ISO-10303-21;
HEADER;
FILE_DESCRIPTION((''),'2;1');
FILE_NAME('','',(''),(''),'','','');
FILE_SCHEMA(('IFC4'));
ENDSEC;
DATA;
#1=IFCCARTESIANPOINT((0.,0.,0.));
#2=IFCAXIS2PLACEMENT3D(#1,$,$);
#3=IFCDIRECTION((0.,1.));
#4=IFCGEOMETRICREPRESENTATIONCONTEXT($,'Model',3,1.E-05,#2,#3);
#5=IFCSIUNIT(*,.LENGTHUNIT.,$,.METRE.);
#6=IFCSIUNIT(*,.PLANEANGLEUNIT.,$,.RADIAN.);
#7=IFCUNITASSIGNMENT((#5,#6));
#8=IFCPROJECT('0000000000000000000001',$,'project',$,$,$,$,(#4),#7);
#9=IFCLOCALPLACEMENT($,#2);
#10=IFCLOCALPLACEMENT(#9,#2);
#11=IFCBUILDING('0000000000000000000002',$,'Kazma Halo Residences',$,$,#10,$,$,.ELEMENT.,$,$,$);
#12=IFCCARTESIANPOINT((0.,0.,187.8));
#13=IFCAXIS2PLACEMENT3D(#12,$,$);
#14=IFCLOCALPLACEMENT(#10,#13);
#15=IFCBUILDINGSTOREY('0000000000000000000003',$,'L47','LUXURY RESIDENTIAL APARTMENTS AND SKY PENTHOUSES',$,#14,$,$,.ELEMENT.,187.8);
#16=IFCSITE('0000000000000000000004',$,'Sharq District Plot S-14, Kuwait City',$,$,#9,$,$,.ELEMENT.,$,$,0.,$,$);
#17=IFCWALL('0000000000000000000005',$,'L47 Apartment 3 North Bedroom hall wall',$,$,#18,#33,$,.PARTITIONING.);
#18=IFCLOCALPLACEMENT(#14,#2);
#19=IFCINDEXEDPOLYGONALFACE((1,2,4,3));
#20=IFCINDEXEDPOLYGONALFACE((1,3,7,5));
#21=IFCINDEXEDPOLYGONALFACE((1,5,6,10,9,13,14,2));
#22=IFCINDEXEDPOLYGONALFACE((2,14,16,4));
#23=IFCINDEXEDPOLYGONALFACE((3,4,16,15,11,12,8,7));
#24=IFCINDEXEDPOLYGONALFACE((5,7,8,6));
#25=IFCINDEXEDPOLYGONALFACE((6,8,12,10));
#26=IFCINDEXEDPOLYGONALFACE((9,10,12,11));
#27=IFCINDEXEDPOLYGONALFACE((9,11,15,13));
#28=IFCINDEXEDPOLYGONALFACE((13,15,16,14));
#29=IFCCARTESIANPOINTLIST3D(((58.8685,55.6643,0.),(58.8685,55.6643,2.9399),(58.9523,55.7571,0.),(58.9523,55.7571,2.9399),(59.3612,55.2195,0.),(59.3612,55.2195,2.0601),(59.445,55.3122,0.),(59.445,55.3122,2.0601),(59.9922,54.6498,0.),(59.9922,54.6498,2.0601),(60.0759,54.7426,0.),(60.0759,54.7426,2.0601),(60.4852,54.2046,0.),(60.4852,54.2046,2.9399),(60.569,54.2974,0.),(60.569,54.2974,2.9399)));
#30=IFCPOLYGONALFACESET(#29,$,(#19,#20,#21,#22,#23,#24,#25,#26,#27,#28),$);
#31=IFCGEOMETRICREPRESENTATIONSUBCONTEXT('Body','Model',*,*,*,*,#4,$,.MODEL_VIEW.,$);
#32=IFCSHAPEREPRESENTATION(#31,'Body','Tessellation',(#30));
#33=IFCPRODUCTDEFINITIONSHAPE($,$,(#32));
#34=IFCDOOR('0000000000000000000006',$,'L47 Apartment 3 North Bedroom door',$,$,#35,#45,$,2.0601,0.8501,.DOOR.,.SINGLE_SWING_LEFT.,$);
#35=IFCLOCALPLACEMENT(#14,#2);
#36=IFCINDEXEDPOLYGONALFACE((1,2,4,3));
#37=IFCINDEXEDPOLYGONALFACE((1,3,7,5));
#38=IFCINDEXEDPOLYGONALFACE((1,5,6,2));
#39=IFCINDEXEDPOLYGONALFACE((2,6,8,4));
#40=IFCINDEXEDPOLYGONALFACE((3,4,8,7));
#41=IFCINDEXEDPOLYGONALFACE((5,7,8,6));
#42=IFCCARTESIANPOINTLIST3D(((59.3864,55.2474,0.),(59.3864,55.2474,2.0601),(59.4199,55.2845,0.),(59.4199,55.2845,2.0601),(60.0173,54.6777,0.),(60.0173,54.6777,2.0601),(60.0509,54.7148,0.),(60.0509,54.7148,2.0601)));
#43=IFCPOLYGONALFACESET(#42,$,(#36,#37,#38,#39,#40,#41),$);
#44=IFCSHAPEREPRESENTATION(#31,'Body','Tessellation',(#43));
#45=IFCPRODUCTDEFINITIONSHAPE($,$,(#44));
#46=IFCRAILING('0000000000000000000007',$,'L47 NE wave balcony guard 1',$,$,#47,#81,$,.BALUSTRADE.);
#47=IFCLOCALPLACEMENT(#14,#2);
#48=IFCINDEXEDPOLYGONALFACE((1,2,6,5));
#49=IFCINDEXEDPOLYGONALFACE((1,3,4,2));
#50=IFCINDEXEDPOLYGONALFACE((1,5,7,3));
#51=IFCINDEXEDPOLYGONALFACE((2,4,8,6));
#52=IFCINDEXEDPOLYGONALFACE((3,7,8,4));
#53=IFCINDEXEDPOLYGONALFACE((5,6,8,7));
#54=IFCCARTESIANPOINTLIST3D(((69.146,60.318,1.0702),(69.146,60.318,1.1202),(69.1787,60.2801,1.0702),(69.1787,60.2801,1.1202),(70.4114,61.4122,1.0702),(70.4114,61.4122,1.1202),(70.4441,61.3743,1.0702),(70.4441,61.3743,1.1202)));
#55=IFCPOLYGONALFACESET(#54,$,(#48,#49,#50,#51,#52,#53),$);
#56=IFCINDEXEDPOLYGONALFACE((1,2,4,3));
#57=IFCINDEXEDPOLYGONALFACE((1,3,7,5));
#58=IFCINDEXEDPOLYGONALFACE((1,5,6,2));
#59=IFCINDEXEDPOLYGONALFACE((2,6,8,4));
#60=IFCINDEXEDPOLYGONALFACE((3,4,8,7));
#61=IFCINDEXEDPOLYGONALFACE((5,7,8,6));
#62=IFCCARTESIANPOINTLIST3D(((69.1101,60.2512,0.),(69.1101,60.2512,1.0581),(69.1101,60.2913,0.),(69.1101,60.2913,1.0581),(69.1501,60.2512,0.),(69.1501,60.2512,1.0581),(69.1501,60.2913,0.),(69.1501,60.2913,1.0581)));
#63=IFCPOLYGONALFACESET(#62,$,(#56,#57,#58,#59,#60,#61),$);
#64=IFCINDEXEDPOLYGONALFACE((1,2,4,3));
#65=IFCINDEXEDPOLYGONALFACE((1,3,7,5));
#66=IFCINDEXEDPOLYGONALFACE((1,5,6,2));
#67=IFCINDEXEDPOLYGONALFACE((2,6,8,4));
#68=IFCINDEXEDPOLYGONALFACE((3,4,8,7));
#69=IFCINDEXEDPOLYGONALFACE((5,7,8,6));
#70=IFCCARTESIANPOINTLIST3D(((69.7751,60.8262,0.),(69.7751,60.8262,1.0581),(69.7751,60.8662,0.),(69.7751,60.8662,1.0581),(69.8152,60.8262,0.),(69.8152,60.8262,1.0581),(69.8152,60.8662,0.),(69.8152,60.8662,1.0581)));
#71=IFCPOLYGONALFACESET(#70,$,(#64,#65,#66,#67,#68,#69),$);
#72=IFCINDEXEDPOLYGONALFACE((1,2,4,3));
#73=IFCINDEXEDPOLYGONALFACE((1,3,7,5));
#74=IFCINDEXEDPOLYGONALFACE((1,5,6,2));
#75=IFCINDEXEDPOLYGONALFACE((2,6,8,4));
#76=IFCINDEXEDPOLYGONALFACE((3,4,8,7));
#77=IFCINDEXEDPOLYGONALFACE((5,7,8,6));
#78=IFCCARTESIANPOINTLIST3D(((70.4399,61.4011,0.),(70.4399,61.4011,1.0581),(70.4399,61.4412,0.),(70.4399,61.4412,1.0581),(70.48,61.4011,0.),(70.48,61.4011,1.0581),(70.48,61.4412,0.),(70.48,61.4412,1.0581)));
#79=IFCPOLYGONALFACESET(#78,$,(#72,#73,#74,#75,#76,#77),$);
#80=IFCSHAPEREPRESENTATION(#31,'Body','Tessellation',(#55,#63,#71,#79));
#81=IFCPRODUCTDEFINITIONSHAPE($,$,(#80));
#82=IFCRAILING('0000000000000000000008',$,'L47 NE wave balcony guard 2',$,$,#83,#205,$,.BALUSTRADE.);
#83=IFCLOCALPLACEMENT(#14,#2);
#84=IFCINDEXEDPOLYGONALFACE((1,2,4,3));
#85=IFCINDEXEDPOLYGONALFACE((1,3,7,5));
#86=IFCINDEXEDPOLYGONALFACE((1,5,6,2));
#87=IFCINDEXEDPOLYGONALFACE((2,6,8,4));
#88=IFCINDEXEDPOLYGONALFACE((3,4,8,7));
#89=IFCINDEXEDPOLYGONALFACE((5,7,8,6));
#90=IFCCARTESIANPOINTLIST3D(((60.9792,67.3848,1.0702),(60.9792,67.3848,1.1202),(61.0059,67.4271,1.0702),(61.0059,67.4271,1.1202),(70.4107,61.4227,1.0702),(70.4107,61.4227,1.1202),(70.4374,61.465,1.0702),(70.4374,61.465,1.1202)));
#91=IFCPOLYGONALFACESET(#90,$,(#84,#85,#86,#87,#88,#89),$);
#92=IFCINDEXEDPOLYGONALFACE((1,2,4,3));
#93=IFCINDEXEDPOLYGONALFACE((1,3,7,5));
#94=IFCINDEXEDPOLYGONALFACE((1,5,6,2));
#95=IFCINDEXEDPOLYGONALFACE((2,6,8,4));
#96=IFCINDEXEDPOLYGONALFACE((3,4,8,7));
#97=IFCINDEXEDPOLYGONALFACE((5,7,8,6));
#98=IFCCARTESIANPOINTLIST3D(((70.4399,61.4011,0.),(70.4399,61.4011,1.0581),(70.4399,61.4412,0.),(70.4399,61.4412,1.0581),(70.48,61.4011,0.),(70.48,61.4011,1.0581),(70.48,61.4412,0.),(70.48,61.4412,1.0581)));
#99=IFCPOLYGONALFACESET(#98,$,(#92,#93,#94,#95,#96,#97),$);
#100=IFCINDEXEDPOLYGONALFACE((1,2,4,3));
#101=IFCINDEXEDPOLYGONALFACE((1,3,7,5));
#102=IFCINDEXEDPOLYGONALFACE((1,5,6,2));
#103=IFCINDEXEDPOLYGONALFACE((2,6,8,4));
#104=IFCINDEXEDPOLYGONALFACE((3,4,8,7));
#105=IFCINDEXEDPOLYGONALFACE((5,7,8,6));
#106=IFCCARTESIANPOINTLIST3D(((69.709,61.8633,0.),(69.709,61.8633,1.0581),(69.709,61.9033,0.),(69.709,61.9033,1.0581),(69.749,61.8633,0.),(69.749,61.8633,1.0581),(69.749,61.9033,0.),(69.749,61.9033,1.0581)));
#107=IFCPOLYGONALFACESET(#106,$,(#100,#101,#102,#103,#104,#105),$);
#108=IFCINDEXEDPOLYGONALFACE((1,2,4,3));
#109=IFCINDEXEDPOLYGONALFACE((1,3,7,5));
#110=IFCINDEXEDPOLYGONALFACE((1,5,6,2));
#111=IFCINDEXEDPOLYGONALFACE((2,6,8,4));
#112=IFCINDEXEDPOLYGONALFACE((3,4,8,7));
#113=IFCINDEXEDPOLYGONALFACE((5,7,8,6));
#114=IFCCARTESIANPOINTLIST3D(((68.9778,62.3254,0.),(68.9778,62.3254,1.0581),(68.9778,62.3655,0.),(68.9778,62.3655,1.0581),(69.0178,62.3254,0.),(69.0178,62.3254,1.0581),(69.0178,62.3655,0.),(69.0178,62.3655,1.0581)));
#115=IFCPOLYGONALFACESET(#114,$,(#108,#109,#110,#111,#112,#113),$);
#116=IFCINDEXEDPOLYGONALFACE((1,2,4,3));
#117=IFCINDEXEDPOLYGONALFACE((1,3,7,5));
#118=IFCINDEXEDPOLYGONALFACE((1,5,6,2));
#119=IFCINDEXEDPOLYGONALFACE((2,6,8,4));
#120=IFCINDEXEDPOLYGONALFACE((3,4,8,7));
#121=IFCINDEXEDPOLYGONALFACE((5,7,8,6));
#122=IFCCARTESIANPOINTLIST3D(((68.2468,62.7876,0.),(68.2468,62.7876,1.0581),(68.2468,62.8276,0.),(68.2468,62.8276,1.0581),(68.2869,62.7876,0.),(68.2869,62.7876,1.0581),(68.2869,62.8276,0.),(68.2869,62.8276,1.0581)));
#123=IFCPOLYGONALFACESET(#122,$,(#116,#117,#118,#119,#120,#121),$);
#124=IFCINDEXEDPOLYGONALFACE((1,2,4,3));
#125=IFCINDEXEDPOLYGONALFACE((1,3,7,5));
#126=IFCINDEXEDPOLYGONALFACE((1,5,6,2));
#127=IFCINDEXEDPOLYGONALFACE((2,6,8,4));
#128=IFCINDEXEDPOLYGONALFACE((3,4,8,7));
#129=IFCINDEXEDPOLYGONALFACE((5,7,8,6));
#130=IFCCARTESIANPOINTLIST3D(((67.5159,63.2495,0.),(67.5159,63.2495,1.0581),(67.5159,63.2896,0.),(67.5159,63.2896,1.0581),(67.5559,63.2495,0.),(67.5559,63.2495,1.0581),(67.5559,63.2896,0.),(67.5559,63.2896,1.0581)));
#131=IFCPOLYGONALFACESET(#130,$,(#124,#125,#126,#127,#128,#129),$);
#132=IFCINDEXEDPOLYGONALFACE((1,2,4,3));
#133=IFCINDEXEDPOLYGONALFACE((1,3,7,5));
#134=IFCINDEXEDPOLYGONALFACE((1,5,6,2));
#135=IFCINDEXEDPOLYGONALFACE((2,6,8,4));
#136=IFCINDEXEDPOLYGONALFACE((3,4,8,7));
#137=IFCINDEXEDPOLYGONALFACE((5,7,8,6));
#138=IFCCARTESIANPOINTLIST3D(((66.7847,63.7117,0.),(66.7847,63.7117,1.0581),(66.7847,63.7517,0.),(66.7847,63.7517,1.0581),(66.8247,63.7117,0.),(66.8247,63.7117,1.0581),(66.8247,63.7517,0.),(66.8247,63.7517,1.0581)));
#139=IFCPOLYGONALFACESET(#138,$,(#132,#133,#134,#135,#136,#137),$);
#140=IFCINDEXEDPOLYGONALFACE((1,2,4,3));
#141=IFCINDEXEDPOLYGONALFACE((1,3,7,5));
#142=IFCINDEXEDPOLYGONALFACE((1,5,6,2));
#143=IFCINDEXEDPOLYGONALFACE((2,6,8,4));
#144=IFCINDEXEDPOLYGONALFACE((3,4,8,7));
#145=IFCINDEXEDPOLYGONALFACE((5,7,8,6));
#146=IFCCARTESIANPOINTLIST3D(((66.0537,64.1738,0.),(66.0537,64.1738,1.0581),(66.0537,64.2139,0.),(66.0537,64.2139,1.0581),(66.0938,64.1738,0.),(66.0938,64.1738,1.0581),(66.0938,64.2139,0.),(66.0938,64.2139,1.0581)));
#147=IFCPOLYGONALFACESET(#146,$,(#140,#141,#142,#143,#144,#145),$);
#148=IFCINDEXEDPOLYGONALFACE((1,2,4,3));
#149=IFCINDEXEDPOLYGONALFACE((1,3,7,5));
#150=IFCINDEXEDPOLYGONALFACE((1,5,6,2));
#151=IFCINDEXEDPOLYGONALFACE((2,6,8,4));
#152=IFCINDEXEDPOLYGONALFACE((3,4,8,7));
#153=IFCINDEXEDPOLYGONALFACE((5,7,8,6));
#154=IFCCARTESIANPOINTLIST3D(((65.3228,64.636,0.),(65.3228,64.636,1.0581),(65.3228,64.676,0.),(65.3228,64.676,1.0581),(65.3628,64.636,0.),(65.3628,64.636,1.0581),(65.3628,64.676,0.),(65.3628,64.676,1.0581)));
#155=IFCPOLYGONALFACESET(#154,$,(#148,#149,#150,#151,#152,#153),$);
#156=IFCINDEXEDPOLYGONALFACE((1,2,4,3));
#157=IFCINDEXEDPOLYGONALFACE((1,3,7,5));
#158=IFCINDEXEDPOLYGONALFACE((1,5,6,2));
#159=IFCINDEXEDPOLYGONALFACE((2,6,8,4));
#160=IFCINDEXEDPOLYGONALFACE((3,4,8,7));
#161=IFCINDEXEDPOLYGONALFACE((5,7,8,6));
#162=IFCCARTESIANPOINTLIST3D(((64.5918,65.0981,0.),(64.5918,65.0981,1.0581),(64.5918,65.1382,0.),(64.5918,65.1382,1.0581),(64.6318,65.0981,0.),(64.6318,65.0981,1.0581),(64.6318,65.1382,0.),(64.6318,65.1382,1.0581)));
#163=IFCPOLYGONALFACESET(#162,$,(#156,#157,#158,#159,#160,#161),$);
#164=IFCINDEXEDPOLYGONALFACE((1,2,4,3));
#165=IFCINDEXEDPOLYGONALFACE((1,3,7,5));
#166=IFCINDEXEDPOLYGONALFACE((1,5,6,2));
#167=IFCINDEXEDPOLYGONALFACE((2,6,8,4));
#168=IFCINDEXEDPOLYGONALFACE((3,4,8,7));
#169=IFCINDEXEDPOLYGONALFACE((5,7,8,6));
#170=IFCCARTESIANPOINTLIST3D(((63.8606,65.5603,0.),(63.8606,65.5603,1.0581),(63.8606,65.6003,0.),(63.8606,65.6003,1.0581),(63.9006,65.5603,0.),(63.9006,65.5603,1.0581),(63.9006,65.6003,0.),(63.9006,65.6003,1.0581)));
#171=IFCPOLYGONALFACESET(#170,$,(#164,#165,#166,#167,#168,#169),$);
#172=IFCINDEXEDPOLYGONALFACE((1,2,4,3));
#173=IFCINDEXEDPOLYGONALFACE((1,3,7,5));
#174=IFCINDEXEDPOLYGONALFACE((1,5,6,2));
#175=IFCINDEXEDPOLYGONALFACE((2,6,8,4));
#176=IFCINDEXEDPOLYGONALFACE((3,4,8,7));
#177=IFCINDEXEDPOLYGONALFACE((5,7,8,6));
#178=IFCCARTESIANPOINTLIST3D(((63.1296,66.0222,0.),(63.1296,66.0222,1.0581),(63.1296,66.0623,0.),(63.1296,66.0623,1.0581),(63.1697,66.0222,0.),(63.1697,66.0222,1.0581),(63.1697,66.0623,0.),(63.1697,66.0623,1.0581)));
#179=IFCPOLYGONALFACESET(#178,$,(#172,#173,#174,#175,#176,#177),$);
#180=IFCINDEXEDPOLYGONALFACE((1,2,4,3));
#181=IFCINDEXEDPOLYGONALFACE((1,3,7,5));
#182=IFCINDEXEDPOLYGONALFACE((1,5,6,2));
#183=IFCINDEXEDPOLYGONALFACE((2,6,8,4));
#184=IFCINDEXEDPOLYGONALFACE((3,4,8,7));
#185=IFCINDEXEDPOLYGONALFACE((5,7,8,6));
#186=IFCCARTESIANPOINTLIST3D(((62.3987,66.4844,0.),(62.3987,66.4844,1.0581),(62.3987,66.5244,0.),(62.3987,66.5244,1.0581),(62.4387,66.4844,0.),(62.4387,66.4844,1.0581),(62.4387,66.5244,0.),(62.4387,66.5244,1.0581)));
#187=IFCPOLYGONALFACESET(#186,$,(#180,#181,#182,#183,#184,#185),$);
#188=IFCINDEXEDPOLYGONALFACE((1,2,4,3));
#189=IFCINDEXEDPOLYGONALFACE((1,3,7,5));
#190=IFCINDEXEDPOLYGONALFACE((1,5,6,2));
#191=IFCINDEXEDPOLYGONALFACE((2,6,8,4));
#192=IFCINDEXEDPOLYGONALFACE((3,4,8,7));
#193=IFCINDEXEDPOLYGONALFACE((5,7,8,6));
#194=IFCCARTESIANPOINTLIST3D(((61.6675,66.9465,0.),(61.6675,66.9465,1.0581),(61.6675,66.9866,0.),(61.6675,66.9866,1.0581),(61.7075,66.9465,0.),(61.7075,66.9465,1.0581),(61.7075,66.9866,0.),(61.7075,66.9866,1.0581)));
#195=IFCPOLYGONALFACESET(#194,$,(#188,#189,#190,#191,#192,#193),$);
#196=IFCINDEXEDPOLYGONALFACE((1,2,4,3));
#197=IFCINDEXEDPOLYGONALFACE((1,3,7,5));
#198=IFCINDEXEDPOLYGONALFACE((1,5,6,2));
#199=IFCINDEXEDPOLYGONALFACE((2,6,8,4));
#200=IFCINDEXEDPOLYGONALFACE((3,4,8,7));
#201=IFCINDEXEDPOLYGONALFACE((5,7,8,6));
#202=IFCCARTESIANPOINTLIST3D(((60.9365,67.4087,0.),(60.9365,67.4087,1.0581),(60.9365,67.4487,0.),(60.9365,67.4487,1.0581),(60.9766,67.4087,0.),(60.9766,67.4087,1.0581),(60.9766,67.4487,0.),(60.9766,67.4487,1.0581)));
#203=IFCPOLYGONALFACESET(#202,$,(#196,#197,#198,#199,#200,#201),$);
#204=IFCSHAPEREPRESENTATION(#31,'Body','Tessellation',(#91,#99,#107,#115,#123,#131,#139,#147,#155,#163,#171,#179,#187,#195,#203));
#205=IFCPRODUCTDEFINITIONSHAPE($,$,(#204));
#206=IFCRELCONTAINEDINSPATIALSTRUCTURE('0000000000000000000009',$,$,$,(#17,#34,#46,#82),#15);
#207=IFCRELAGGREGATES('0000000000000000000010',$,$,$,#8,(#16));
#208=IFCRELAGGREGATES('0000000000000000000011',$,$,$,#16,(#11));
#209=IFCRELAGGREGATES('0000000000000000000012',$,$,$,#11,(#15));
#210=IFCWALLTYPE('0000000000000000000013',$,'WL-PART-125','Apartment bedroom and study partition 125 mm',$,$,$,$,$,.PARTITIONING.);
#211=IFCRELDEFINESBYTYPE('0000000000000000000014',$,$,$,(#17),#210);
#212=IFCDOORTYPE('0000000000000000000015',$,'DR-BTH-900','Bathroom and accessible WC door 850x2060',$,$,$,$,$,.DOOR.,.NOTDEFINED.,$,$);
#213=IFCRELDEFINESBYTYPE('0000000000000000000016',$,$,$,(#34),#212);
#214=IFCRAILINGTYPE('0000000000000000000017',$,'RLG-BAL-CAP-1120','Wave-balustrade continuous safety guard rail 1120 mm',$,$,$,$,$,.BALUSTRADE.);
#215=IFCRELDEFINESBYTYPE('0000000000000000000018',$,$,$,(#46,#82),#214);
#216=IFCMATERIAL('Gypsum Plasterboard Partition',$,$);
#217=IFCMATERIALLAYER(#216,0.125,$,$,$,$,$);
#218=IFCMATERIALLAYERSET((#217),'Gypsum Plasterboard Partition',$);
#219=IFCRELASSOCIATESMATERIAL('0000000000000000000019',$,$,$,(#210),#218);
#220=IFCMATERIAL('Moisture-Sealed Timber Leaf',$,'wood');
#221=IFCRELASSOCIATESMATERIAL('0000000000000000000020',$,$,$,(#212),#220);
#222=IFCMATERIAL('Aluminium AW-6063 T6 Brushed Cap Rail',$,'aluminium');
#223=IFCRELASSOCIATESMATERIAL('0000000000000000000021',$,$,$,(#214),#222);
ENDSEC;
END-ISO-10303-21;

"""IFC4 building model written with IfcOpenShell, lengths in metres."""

from ifc_helpers import new_model, si_unit, direction, frame, frame_2d, origin, origin_2d, place, context, subcontext, project, spatial, rectangle, extrude, material, layer, layer_set, type_object, element, fill, save


model = new_model("IFC4")

# Units and contexts
model_context = context("Model", 3, precision=1e-05, world=origin(), true_north=direction((0.0, 1.0)))
body_context = subcontext(model_context, "Body", "Model", "MODEL_VIEW")
ifc_project = project(units=[si_unit("LENGTHUNIT", "METRE"), si_unit("PLANEANGLEUNIT", "RADIAN")], contexts=[model_context])

# Site, building, storey
site_placement = place(None, origin())
site = spatial("IfcSite", under=ifc_project, at=site_placement, Name="Sharq District Plot S-14, Kuwait City", CompositionType="ELEMENT", RefElevation=0.0)
building_placement = place(site_placement, origin())
building = spatial("IfcBuilding", under=site, at=building_placement, Name="Kazma Halo Residences", CompositionType="ELEMENT")
storey_placement = place(building_placement, frame((0.0, 0.0, 187.8)))
storey = spatial("IfcBuildingStorey", under=building, at=storey_placement, Name="L47", Description="LUXURY RESIDENTIAL APARTMENTS AND SKY PENTHOUSES", CompositionType="ELEMENT", Elevation=187.8)

# Shared definitions
ifc_material_1 = material(Name="Gypsum Plasterboard Partition")
ifc_layer_1 = layer(ifc_material_1, 0.125)
ifc_layer_set_1 = layer_set([ifc_layer_1], Name="Gypsum Plasterboard Partition")
wall_type_1 = type_object("IfcWallType", Name="WL-PART-125", Description="Apartment bedroom and study partition 125 mm", PredefinedType="PARTITIONING", material=ifc_layer_set_1)

# Wall, opening, door
wall_1_placement = place(storey_placement, frame((60.5271, 54.251, 0.0), z_axis=(0.0, 0.0, 1.0), x_axis=(-0.742223, 0.670153, 0.0)))
wall_1 = element("IfcWall", 1, at=wall_1_placement, inside=storey, type_object=wall_type_1, Name="L47 Apartment 3 North Bedroom hall wall", PredefinedType="PARTITIONING", context=body_context, shape_type="SweptSolid", body=[
    extrude(rectangle(XDim=2.1782, YDim=0.125, at=frame_2d((1.0891, 0.0))), origin(), (0.0, 0.0, 1.0), 2.9399),
])
opening_1_placement = place(wall_1_placement, frame((0.6643, 0.0, 0.0)))
opening_1 = element("IfcOpeningElement", 2, at=opening_1_placement, cuts=wall_1, PredefinedType="OPENING", context=body_context, shape_type="SweptSolid", body=[
    extrude(rectangle(XDim=0.8501, YDim=2.0601, at=frame_2d((0.425, 1.03))), frame((0.0, 0.0725, 0.0), z_axis=(0.0, -1.0, 0.0), x_axis=(1.0, 0.0, 0.0)), (0.0, 0.0, 1.0), 0.145),
])
ifc_material_2 = material(Name="Moisture-Sealed Timber Leaf", Category="wood")
door_type_1 = type_object("IfcDoorType", Name="DR-BTH-900", Description="Bathroom and accessible WC door 850x2060", OperationType="NOTDEFINED", PredefinedType="DOOR", material=ifc_material_2)
door_1_placement = place(opening_1_placement, origin())
door_1 = element("IfcDoor", 3, at=door_1_placement, inside=storey, type_object=door_type_1, Name="L47 Apartment 3 North Bedroom door", OperationType="SINGLE_SWING_LEFT", OverallHeight=2.0601, OverallWidth=0.8501, PredefinedType="DOOR", context=body_context, shape_type="SweptSolid", body=[
    extrude(rectangle(XDim=0.8501, YDim=2.0601, at=frame_2d((0.425, 1.03))), frame((0.0, 0.0249, 0.0), z_axis=(0.0, -1.0, 0.0), x_axis=(1.0, 0.0, 0.0)), (0.0, 0.0, 1.0), 0.05),
])
fill(opening_1, door_1)

# Railings
ifc_material_3 = material(Name="Aluminium AW-6063 T6 Brushed Cap Rail", Category="aluminium")
railing_type = type_object("IfcRailingType", Name="RLG-BAL-CAP-1120", Description="Wave-balustrade continuous safety guard rail 1120 mm", PredefinedType="BALUSTRADE", material=ifc_material_3)
railing_1_placement = place(storey_placement, frame((69.1301, 60.2712, 0.0)))
element("IfcRailing", 4, at=railing_1_placement, inside=storey, type_object=railing_type, Name="L47 NE wave balcony guard 1", PredefinedType="BALUSTRADE", context=body_context, shape_type="SweptSolid", body=[
    extrude(rectangle(XDim=0.05, YDim=0.05, at=origin_2d()), frame((0.0322, 0.0278, 1.0952), z_axis=(0.756426, 0.654079, 0.0), x_axis=(-0.654079, 0.756426, 0.0)), (0.0, 0.0, 1.0), 1.6729),
    extrude(rectangle(XDim=0.04, YDim=0.04, at=origin_2d()), origin(), (0.0, 0.0, 1.0), 1.0581),
    extrude(rectangle(XDim=0.04, YDim=0.04, at=origin_2d()), frame((0.665, 0.575, 0.0)), (0.0, 0.0, 1.0), 1.0581),
    extrude(rectangle(XDim=0.04, YDim=0.04, at=origin_2d()), frame((1.3298, 1.1499, 0.0)), (0.0, 0.0, 1.0), 1.0581),
])
railing_2_placement = place(storey_placement, frame((70.46, 61.4211, 0.0)))
element("IfcRailing", 5, at=railing_2_placement, inside=storey, type_object=railing_type, Name="L47 NE wave balcony guard 2", PredefinedType="BALUSTRADE", context=body_context, shape_type="SweptSolid", body=[
    extrude(rectangle(XDim=0.05, YDim=0.05, at=origin_2d()), frame((-0.0359, 0.0227, 1.0952), z_axis=(-0.845272, 0.534337, 0.0), x_axis=(-0.534337, -0.845272, 0.0)), (0.0, 0.0, 1.0), 11.158),
    extrude(rectangle(XDim=0.04, YDim=0.04, at=origin_2d()), origin(), (0.0, 0.0, 1.0), 1.0581),
    extrude(rectangle(XDim=0.04, YDim=0.04, at=origin_2d()), frame((-0.731, 0.4622, 0.0)), (0.0, 0.0, 1.0), 1.0581),
    extrude(rectangle(XDim=0.04, YDim=0.04, at=origin_2d()), frame((-1.4622, 0.9243, 0.0)), (0.0, 0.0, 1.0), 1.0581),
    extrude(rectangle(XDim=0.04, YDim=0.04, at=origin_2d()), frame((-2.1931, 1.3865, 0.0)), (0.0, 0.0, 1.0), 1.0581),
    extrude(rectangle(XDim=0.04, YDim=0.04, at=origin_2d()), frame((-2.9241, 1.8484, 0.0)), (0.0, 0.0, 1.0), 1.0581),
    extrude(rectangle(XDim=0.04, YDim=0.04, at=origin_2d()), frame((-3.6553, 2.3105, 0.0)), (0.0, 0.0, 1.0), 1.0581),
    extrude(rectangle(XDim=0.04, YDim=0.04, at=origin_2d()), frame((-4.3862, 2.7727, 0.0)), (0.0, 0.0, 1.0), 1.0581),
    extrude(rectangle(XDim=0.04, YDim=0.04, at=origin_2d()), frame((-5.1172, 3.2349, 0.0)), (0.0, 0.0, 1.0), 1.0581),
    extrude(rectangle(XDim=0.04, YDim=0.04, at=origin_2d()), frame((-5.8481, 3.697, 0.0)), (0.0, 0.0, 1.0), 1.0581),
    extrude(rectangle(XDim=0.04, YDim=0.04, at=origin_2d()), frame((-6.5793, 4.1592, 0.0)), (0.0, 0.0, 1.0), 1.0581),
    extrude(rectangle(XDim=0.04, YDim=0.04, at=origin_2d()), frame((-7.3103, 4.6211, 0.0)), (0.0, 0.0, 1.0), 1.0581),
    extrude(rectangle(XDim=0.04, YDim=0.04, at=origin_2d()), frame((-8.0413, 5.0833, 0.0)), (0.0, 0.0, 1.0), 1.0581),
    extrude(rectangle(XDim=0.04, YDim=0.04, at=origin_2d()), frame((-8.7725, 5.5454, 0.0)), (0.0, 0.0, 1.0), 1.0581),
    extrude(rectangle(XDim=0.04, YDim=0.04, at=origin_2d()), frame((-9.5034, 6.0076, 0.0)), (0.0, 0.0, 1.0), 1.0581),
])

save(model, "model.ifc")
